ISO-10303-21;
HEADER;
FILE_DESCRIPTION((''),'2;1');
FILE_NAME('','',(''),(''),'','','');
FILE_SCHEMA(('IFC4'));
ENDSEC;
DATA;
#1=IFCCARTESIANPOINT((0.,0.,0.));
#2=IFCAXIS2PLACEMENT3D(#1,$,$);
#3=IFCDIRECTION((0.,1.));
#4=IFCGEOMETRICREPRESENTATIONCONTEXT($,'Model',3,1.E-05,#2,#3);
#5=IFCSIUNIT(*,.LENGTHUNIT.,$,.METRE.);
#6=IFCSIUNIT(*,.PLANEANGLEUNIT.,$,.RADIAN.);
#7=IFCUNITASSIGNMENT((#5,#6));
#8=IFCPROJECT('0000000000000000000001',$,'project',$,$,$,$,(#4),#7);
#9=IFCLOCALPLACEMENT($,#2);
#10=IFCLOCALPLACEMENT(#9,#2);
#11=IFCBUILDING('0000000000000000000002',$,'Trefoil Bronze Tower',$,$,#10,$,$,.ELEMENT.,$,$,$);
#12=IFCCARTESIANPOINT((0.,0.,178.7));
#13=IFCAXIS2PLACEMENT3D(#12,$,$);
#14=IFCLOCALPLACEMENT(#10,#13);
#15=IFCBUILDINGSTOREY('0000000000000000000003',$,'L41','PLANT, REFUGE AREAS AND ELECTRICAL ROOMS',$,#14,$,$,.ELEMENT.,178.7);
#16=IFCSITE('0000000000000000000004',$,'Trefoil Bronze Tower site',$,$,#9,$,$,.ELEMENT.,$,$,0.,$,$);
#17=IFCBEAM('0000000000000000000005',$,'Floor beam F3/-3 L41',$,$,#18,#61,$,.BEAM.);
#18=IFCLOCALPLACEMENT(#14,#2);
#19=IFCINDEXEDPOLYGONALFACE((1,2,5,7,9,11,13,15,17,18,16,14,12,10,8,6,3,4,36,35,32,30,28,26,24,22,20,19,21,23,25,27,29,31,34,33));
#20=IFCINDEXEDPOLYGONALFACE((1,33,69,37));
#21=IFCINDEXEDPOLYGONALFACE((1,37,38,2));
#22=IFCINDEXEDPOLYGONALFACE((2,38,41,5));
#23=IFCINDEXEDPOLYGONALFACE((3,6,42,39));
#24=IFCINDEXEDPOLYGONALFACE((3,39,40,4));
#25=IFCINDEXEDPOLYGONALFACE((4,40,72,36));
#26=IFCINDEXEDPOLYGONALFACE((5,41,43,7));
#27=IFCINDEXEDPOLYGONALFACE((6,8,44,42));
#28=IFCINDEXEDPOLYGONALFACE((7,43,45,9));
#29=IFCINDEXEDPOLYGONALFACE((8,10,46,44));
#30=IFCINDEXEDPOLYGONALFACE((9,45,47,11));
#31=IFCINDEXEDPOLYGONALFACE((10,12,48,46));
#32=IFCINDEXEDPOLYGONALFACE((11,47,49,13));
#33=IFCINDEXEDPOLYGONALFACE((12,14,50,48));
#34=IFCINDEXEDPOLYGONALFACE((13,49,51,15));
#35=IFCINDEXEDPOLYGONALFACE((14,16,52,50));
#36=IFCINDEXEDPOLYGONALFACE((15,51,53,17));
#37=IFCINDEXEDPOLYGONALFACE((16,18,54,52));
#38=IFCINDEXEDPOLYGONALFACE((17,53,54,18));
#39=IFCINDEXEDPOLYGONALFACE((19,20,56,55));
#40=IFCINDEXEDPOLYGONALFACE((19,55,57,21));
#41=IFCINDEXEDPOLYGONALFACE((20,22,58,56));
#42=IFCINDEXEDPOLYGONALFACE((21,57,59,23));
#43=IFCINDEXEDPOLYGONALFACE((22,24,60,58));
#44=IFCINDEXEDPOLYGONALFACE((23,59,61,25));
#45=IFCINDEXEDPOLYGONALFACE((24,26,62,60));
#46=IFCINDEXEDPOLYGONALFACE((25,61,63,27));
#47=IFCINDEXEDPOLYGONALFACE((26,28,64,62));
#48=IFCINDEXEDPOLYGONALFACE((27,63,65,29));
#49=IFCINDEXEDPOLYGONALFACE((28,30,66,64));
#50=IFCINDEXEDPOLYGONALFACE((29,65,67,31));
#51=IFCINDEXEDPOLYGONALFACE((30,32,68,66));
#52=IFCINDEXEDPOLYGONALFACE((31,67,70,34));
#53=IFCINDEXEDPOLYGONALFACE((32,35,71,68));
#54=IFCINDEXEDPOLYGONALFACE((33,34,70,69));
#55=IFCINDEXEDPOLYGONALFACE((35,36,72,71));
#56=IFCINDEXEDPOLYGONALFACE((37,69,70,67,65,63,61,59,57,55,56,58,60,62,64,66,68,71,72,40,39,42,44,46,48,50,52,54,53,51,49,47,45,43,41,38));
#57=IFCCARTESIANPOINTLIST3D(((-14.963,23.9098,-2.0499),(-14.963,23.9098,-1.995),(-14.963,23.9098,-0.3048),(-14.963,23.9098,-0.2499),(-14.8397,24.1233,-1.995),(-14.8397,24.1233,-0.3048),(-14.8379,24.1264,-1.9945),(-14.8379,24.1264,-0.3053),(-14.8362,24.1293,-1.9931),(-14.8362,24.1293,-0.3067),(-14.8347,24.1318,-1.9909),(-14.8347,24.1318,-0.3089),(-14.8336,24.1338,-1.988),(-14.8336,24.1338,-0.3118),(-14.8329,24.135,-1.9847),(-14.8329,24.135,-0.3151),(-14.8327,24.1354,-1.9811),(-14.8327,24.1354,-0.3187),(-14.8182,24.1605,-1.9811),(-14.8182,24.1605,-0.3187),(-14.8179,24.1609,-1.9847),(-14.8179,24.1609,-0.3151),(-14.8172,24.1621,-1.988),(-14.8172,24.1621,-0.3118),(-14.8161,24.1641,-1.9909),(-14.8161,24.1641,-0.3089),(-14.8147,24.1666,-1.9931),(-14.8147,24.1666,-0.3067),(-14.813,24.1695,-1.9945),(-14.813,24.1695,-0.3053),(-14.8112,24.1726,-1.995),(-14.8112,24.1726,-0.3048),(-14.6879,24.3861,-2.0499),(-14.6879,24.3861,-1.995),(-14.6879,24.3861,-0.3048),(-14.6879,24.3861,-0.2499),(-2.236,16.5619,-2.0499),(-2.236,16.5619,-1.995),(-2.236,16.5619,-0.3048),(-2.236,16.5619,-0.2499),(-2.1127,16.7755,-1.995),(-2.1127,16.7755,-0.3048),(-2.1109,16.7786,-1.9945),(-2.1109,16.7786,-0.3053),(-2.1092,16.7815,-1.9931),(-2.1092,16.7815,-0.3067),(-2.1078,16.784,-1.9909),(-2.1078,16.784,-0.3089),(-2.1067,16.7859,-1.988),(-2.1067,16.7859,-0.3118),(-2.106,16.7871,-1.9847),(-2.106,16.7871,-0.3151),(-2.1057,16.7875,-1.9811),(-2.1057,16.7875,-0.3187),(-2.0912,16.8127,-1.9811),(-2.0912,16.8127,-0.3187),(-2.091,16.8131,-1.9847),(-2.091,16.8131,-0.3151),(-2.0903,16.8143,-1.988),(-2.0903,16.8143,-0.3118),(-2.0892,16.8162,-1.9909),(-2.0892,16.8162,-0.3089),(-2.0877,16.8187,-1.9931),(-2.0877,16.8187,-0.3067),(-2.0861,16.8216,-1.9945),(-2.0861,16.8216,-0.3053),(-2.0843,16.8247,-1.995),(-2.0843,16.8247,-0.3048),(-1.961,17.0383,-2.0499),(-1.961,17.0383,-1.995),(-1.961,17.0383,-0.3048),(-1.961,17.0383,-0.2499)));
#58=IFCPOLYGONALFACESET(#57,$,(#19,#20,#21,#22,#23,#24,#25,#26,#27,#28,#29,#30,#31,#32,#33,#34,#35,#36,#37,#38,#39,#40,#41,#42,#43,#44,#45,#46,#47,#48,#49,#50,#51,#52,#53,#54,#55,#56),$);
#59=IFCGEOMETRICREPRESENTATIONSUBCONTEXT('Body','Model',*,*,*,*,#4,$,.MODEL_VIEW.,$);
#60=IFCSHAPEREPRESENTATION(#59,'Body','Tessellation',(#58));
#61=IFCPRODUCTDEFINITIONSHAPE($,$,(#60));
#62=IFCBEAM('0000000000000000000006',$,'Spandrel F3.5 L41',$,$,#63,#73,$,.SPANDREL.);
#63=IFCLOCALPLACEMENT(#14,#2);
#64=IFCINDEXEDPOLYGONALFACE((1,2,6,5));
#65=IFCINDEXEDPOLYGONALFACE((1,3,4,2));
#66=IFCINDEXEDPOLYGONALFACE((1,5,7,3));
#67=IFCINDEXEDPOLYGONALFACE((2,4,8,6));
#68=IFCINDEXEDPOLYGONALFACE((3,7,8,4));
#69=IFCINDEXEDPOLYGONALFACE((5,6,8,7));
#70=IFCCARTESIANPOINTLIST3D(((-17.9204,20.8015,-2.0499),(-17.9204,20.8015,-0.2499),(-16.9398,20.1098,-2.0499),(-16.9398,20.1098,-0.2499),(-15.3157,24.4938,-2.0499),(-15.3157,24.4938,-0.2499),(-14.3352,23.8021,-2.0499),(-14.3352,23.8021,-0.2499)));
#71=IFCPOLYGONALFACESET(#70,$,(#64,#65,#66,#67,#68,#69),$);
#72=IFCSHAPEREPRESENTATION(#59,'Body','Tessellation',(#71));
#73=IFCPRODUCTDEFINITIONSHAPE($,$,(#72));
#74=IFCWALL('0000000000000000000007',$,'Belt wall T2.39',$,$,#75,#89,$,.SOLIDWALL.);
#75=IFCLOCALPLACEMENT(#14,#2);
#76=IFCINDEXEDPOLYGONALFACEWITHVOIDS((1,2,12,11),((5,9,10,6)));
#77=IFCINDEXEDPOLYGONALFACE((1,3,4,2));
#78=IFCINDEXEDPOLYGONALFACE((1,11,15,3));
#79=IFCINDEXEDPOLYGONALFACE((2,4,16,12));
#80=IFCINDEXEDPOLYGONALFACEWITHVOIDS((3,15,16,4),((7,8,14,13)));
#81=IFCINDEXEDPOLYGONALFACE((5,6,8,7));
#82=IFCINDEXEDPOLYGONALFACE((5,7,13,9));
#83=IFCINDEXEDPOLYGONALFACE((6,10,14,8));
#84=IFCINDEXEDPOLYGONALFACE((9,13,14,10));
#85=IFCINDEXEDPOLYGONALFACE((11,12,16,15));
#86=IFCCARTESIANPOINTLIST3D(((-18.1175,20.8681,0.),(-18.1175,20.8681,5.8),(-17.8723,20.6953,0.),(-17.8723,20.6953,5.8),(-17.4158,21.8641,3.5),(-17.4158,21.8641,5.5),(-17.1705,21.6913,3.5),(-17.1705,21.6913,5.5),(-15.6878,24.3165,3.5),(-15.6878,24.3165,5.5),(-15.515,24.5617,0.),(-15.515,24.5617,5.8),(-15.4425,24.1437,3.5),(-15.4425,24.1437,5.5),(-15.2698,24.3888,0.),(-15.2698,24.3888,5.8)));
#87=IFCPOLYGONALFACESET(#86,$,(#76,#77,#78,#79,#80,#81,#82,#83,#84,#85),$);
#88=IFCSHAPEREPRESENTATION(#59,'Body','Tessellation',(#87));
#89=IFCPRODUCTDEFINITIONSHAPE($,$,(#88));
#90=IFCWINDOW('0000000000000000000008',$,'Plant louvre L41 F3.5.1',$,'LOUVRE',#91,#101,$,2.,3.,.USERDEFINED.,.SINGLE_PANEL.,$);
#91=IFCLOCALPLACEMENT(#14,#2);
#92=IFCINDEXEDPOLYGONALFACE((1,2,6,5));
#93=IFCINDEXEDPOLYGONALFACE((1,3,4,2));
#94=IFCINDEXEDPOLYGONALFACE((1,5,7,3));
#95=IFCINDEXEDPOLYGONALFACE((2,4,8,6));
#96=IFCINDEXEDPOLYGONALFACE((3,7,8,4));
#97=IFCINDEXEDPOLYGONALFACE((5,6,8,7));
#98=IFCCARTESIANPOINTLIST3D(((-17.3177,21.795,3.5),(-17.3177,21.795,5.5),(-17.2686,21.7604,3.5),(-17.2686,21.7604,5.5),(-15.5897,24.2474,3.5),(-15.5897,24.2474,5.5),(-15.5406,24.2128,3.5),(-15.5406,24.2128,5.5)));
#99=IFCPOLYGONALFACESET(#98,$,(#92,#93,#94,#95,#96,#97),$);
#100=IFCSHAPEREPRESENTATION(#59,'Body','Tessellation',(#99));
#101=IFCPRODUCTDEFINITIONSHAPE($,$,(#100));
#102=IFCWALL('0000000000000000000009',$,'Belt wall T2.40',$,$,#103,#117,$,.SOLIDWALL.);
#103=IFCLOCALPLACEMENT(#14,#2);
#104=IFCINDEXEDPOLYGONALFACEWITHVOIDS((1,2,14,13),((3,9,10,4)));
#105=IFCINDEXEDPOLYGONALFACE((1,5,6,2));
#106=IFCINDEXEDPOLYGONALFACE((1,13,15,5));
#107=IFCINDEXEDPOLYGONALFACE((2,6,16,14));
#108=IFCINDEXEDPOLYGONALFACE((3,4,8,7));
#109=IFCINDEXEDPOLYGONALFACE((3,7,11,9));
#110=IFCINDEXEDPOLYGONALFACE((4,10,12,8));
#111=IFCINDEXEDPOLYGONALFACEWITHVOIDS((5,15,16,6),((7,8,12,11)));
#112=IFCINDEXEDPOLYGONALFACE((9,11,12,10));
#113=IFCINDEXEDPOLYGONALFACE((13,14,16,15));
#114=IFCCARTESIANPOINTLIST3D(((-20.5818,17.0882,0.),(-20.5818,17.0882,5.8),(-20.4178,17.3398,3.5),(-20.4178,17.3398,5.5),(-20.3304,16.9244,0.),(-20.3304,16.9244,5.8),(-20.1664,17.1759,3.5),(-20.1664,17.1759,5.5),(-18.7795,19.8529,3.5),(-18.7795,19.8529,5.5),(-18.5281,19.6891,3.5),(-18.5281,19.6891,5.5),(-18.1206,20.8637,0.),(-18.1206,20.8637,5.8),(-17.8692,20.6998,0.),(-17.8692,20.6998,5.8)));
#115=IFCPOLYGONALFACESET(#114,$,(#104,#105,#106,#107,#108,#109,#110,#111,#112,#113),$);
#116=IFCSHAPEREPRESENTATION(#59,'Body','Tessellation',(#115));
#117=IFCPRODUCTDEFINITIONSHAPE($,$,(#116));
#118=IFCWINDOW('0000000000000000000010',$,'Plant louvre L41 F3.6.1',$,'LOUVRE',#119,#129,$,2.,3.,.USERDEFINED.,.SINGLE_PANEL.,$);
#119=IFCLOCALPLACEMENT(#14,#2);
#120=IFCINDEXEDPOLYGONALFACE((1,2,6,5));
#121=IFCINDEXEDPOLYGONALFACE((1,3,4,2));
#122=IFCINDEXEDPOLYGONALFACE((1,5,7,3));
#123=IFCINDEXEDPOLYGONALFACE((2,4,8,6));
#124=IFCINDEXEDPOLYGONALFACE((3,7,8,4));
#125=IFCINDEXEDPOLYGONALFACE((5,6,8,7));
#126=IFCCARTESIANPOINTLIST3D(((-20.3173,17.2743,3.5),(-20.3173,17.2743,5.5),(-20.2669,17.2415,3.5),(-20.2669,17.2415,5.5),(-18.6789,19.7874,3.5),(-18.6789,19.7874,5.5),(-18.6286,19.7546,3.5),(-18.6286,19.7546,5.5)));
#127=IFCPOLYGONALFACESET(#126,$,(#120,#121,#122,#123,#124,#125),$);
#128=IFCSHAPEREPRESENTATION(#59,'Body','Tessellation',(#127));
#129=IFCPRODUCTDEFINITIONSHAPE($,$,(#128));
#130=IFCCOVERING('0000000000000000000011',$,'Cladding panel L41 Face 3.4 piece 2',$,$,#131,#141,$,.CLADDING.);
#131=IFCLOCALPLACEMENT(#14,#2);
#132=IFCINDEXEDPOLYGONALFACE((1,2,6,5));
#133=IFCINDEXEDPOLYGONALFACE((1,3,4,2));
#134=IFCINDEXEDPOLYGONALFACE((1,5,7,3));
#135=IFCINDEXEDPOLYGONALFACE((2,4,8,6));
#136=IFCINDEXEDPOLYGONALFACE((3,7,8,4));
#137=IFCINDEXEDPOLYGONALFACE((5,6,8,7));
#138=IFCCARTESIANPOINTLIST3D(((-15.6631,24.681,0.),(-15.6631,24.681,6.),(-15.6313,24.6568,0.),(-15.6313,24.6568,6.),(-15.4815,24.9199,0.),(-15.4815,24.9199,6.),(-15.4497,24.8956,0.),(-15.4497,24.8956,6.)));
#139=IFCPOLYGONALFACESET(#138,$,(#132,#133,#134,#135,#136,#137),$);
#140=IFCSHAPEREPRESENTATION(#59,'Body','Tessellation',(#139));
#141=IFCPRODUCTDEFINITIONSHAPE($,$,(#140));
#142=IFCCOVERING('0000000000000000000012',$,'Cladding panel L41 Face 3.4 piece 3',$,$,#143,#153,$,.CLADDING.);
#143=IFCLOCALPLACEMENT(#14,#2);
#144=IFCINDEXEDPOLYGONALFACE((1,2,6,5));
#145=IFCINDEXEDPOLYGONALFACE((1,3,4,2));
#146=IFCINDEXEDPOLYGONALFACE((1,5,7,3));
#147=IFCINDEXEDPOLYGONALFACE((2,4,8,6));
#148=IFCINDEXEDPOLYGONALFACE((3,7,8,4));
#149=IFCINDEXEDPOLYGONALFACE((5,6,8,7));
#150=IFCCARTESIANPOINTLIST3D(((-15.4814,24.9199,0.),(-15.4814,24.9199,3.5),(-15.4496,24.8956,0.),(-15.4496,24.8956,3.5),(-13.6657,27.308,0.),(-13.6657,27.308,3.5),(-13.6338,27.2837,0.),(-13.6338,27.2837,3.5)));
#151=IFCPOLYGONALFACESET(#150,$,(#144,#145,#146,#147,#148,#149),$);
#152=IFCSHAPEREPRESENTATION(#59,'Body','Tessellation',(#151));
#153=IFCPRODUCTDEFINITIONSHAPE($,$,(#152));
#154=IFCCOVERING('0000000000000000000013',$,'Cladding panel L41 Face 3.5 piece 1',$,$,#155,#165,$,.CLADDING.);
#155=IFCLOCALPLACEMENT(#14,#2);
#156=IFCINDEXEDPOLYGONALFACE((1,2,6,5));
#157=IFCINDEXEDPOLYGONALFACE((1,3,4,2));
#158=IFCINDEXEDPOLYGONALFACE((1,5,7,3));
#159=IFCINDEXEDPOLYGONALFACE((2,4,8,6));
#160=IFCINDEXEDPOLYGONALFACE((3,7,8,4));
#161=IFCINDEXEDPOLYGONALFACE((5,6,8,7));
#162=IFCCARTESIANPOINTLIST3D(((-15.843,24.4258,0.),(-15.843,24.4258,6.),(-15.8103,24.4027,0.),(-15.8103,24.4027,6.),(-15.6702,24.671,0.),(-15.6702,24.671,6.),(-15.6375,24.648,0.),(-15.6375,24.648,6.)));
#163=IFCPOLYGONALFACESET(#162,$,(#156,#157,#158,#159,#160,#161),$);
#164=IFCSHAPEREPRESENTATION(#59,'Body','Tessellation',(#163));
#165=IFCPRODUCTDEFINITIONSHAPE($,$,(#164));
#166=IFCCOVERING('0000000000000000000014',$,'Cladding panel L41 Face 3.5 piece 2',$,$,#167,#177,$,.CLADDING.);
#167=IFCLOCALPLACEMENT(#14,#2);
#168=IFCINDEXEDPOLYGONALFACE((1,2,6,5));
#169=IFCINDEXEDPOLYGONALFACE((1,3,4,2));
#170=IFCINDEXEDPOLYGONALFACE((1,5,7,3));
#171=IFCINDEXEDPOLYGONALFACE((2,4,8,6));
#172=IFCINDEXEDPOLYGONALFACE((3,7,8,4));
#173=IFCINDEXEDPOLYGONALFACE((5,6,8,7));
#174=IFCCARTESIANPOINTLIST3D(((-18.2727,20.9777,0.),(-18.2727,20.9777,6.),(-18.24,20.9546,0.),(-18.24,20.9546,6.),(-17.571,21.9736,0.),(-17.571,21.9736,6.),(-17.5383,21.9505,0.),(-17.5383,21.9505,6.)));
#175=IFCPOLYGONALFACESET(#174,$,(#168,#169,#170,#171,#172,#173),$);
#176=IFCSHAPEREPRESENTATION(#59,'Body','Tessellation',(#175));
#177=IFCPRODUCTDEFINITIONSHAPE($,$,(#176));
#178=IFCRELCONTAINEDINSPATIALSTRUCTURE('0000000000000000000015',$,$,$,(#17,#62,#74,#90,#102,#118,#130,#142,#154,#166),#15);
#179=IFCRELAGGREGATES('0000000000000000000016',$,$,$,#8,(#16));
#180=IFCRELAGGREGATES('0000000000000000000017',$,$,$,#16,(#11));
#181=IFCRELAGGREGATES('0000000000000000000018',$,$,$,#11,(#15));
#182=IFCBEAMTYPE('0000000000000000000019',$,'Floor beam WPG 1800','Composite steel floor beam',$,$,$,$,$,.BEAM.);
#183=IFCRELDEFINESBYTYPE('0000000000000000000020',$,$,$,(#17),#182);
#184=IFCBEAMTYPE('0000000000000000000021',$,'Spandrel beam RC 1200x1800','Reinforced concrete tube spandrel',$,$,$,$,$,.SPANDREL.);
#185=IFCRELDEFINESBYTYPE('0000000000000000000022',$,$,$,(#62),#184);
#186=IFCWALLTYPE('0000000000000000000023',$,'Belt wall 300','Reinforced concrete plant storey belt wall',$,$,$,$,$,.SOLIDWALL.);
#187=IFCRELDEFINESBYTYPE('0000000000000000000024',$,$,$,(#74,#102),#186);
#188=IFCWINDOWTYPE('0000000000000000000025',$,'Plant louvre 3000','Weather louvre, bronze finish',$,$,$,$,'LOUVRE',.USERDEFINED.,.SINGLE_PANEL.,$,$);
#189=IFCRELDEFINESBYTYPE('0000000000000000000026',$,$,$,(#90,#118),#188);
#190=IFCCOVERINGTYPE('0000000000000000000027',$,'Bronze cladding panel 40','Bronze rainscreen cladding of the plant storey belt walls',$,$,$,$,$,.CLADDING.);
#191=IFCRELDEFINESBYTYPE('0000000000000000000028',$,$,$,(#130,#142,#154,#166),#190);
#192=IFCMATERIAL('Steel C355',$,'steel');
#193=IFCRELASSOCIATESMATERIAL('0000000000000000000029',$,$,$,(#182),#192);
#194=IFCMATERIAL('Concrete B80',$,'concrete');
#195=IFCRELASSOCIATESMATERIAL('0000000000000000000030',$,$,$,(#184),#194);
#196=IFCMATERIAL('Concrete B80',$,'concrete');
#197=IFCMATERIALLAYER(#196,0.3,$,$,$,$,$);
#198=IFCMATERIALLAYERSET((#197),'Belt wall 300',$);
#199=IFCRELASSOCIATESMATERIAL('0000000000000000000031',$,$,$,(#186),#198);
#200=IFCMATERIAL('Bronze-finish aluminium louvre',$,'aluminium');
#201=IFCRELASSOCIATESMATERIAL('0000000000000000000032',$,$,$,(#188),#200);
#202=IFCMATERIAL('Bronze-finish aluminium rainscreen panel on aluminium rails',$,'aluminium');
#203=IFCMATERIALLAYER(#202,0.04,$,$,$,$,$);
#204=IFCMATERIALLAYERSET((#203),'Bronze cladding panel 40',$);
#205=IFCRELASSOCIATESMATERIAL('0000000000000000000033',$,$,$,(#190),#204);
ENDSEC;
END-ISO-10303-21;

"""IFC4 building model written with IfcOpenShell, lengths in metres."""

from ifc_helpers import new_model, si_unit, direction, frame, frame_2d, origin, origin_2d, place, context, subcontext, project, spatial, rectangle, i_section, extrude, material, layer, layer_set, material_profile, profile_set, type_object, element, fill, save


model = new_model("IFC4")

# Units and contexts
model_context = context("Model", 3, precision=1e-05, world=origin(), true_north=direction((0.0, 1.0)))
body_context = subcontext(model_context, "Body", "Model", "MODEL_VIEW")
ifc_project = project(units=[si_unit("LENGTHUNIT", "METRE"), si_unit("PLANEANGLEUNIT", "RADIAN")], contexts=[model_context])

# Site, building, storey
site_placement = place(None, origin())
site = spatial("IfcSite", under=ifc_project, at=site_placement, Name="Trefoil Bronze Tower site", CompositionType="ELEMENT", RefElevation=0.0)
building_placement = place(site_placement, origin())
building = spatial("IfcBuilding", under=site, at=building_placement, Name="Trefoil Bronze Tower", CompositionType="ELEMENT")
storey_placement = place(building_placement, frame((0.0, 0.0, 178.7)))
storey = spatial("IfcBuildingStorey", under=building, at=storey_placement, Name="L41", Description="PLANT, REFUGE AREAS AND ELECTRICAL ROOMS", CompositionType="ELEMENT", Elevation=178.7)

# Beams
ifc_material_1 = material(Name="Steel C355", Category="steel")
ifc_material_profile_1 = material_profile(ifc_material_1, i_section(OverallWidth=0.55, OverallDepth=1.8, WebThickness=0.0291, FlangeThickness=0.0549, FilletRadius=0.0139, at=origin_2d()), Name="WPG 1800")
ifc_profile_set_1 = profile_set([ifc_material_profile_1], Name="Steel C355")
beam_type_1 = type_object("IfcBeamType", Name="Floor beam WPG 1800", Description="Composite steel floor beam", PredefinedType="BEAM", material=ifc_profile_set_1)
beam_1_placement = place(storey_placement, frame((-14.8254, 24.1479, -1.1499), z_axis=(0.866027, -0.499997, 0.0), x_axis=(0.499997, 0.866027, 0.0)))
element("IfcBeam", 1, at=beam_1_placement, inside=storey, type_object=beam_type_1, Name="Floor beam F3/-3 L41", PredefinedType="BEAM", context=body_context, shape_type="SweptSolid", body=[
    extrude(i_section(OverallWidth=0.55, OverallDepth=1.8, WebThickness=0.0291, FlangeThickness=0.0549, FilletRadius=0.0139, at=origin_2d()), origin(), (0.0, 0.0, 1.0), 14.6958),
])
ifc_material_2 = material(Name="Concrete B80", Category="concrete")
ifc_material_profile_2 = material_profile(ifc_material_2, rectangle(XDim=1.2, YDim=1.8, at=origin_2d()), Name="RC 1200x1800")
ifc_profile_set_2 = profile_set([ifc_material_profile_2], Name="Concrete B80")
beam_type_2 = type_object("IfcBeamType", Name="Spandrel beam RC 1200x1800", Description="Reinforced concrete tube spandrel", PredefinedType="SPANDREL", material=ifc_profile_set_2)
beam_2_placement = place(storey_placement, frame((-14.8254, 24.1479, -1.1499), z_axis=(-0.576439, -0.81714, 0.0), x_axis=(0.81714, -0.576439, 0.0)))
element("IfcBeam", 2, at=beam_2_placement, inside=storey, type_object=beam_type_2, Name="Spandrel F3.5 L41", PredefinedType="SPANDREL", context=body_context, shape_type="SweptSolid", body=[
    extrude(rectangle(XDim=1.2, YDim=1.8, at=origin_2d()), origin(), (0.0, 0.0, 1.0), 4.5186),
])

# Walls, openings, windows
ifc_material_3 = material(Name="Concrete B80", Category="concrete")
ifc_layer_1 = layer(ifc_material_3, 0.3)
ifc_layer_set_1 = layer_set([ifc_layer_1], Name="Belt wall 300")
wall_type = type_object("IfcWallType", Name="Belt wall 300", Description="Reinforced concrete plant storey belt wall", PredefinedType="SOLIDWALL", material=ifc_layer_set_1)
wall_1_placement = place(storey_placement, frame((-15.3923, 24.4753, 0.0), z_axis=(0.0, 0.0, 1.0), x_axis=(-0.575987, -0.817459, 0.0)))
wall_1 = element("IfcWall", 3, at=wall_1_placement, inside=storey, type_object=wall_type, Name="Belt wall T2.39", PredefinedType="SOLIDWALL", context=body_context, shape_type="SweptSolid", body=[
    extrude(rectangle(XDim=4.5183, YDim=0.3, at=frame_2d((2.2593, 0.0))), origin(), (0.0, 0.0, 1.0), 5.8),
])
opening_1_placement = place(wall_1_placement, frame((0.3, 0.0, 3.5)))
opening_1 = element("IfcOpeningElement", 4, at=opening_1_placement, cuts=wall_1, PredefinedType="OPENING", context=body_context, shape_type="SweptSolid", body=[
    extrude(rectangle(XDim=3.0, YDim=2.0, at=frame_2d((1.5, 1.0))), frame((0.0, 0.1599, 0.0), z_axis=(0.0, -1.0, 0.0), x_axis=(1.0, 0.0, 0.0)), (0.0, 0.0, 1.0), 0.3201),
])
ifc_material_4 = material(Name="Bronze-finish aluminium louvre", Category="aluminium")
window_type = type_object("IfcWindowType", Name="Plant louvre 3000", Description="Weather louvre, bronze finish", ElementType="LOUVRE", PartitioningType="SINGLE_PANEL", PredefinedType="USERDEFINED", material=ifc_material_4)
window_1_placement = place(opening_1_placement, origin())
window_1 = element("IfcWindow", 5, at=window_1_placement, inside=storey, type_object=window_type, Name="Plant louvre L41 F3.5.1", ObjectType="LOUVRE", OverallHeight=2.0, OverallWidth=3.0, PartitioningType="SINGLE_PANEL", PredefinedType="USERDEFINED", context=body_context, shape_type="SweptSolid", body=[
    extrude(rectangle(XDim=3.0, YDim=2.0, at=frame_2d((1.5, 1.0))), frame((0.0, 0.03, 0.0), z_axis=(0.0, -1.0, 0.0), x_axis=(1.0, 0.0, 0.0)), (0.0, 0.0, 1.0), 0.0601),
])
fill(opening_1, window_1)
wall_2_placement = place(storey_placement, frame((-17.9949, 20.7817, 0.0), z_axis=(0.0, 0.0, 1.0), x_axis=(-0.546107, -0.837715, 0.0)))
wall_2 = element("IfcWall", 6, at=wall_2_placement, inside=storey, type_object=wall_type, Name="Belt wall T2.40", PredefinedType="SOLIDWALL", context=body_context, shape_type="SweptSolid", body=[
    extrude(rectangle(XDim=4.5068, YDim=0.3, at=frame_2d((2.2534, 0.0))), origin(), (0.0, 0.0, 1.0), 5.8),
])
opening_2_placement = place(wall_2_placement, frame((1.2065, 0.0, 3.5)))
opening_2 = element("IfcOpeningElement", 7, at=opening_2_placement, cuts=wall_2, PredefinedType="OPENING", context=body_context, shape_type="SweptSolid", body=[
    extrude(rectangle(XDim=3.0, YDim=2.0, at=frame_2d((1.5, 1.0))), frame((0.0, 0.1599, 0.0), z_axis=(0.0, -1.0, 0.0), x_axis=(1.0, 0.0, 0.0)), (0.0, 0.0, 1.0), 0.3201),
])
window_2_placement = place(opening_2_placement, origin())
window_2 = element("IfcWindow", 8, at=window_2_placement, inside=storey, type_object=window_type, Name="Plant louvre L41 F3.6.1", ObjectType="LOUVRE", OverallHeight=2.0, OverallWidth=3.0, PartitioningType="SINGLE_PANEL", PredefinedType="USERDEFINED", context=body_context, shape_type="SweptSolid", body=[
    extrude(rectangle(XDim=3.0, YDim=2.0, at=frame_2d((1.5, 1.0))), frame((0.0, 0.03, 0.0), z_axis=(0.0, -1.0, 0.0), x_axis=(1.0, 0.0, 0.0)), (0.0, 0.0, 1.0), 0.0601),
])
fill(opening_2, window_2)

# Coverings
ifc_material_5 = material(Name="Bronze-finish aluminium rainscreen panel on aluminium rails", Category="aluminium")
ifc_layer_2 = layer(ifc_material_5, 0.04)
ifc_layer_set_2 = layer_set([ifc_layer_2], Name="Bronze cladding panel 40")
covering_type_1 = type_object("IfcCoveringType", Name="Bronze cladding panel 40", Description="Bronze rainscreen cladding of the plant storey belt walls", PredefinedType="CLADDING", material=ifc_layer_set_2)
covering_1_placement = place(storey_placement, frame((-15.5564, 24.7883, 0.0), z_axis=(0.0, 0.0, 1.0), x_axis=(-0.605252, -0.796034, 0.0)))
element("IfcCovering", 9, at=covering_1_placement, inside=storey, type_object=covering_type_1, Name="Cladding panel L41 Face 3.4 piece 2", PredefinedType="CLADDING", context=body_context, shape_type="SweptSolid", body=[
    extrude(rectangle(XDim=0.3, YDim=0.04, at=origin_2d()), origin(), (0.0, 0.0, 1.0), 6.0),
])
covering_2_placement = place(storey_placement, frame((-14.5576, 26.1018, 0.0), z_axis=(0.0, 0.0, 1.0), x_axis=(-0.605252, -0.796034, 0.0)))
element("IfcCovering", 10, at=covering_2_placement, inside=storey, type_object=covering_type_1, Name="Cladding panel L41 Face 3.4 piece 3", PredefinedType="CLADDING", context=body_context, shape_type="SweptSolid", body=[
    extrude(rectangle(XDim=3.0, YDim=0.04, at=origin_2d()), origin(), (0.0, 0.0, 1.0), 3.5),
])
covering_3_placement = place(storey_placement, frame((-15.7402, 24.5369, 0.0), z_axis=(0.0, 0.0, 1.0), x_axis=(-0.575999, -0.81745, 0.0)))
element("IfcCovering", 11, at=covering_3_placement, inside=storey, type_object=covering_type_1, Name="Cladding panel L41 Face 3.5 piece 1", PredefinedType="CLADDING", context=body_context, shape_type="SweptSolid", body=[
    extrude(rectangle(XDim=0.3, YDim=0.04, at=origin_2d()), origin(), (0.0, 0.0, 1.0), 6.0),
])
covering_4_placement = place(storey_placement, frame((-17.9055, 21.4641, 0.0), z_axis=(0.0, 0.0, 1.0), x_axis=(-0.575999, -0.81745, 0.0)))
element("IfcCovering", 12, at=covering_4_placement, inside=storey, type_object=covering_type_1, Name="Cladding panel L41 Face 3.5 piece 2", PredefinedType="CLADDING", context=body_context, shape_type="SweptSolid", body=[
    extrude(rectangle(XDim=1.2183, YDim=0.04, at=origin_2d()), origin(), (0.0, 0.0, 1.0), 6.0),
])

save(model, "model.ifc")
